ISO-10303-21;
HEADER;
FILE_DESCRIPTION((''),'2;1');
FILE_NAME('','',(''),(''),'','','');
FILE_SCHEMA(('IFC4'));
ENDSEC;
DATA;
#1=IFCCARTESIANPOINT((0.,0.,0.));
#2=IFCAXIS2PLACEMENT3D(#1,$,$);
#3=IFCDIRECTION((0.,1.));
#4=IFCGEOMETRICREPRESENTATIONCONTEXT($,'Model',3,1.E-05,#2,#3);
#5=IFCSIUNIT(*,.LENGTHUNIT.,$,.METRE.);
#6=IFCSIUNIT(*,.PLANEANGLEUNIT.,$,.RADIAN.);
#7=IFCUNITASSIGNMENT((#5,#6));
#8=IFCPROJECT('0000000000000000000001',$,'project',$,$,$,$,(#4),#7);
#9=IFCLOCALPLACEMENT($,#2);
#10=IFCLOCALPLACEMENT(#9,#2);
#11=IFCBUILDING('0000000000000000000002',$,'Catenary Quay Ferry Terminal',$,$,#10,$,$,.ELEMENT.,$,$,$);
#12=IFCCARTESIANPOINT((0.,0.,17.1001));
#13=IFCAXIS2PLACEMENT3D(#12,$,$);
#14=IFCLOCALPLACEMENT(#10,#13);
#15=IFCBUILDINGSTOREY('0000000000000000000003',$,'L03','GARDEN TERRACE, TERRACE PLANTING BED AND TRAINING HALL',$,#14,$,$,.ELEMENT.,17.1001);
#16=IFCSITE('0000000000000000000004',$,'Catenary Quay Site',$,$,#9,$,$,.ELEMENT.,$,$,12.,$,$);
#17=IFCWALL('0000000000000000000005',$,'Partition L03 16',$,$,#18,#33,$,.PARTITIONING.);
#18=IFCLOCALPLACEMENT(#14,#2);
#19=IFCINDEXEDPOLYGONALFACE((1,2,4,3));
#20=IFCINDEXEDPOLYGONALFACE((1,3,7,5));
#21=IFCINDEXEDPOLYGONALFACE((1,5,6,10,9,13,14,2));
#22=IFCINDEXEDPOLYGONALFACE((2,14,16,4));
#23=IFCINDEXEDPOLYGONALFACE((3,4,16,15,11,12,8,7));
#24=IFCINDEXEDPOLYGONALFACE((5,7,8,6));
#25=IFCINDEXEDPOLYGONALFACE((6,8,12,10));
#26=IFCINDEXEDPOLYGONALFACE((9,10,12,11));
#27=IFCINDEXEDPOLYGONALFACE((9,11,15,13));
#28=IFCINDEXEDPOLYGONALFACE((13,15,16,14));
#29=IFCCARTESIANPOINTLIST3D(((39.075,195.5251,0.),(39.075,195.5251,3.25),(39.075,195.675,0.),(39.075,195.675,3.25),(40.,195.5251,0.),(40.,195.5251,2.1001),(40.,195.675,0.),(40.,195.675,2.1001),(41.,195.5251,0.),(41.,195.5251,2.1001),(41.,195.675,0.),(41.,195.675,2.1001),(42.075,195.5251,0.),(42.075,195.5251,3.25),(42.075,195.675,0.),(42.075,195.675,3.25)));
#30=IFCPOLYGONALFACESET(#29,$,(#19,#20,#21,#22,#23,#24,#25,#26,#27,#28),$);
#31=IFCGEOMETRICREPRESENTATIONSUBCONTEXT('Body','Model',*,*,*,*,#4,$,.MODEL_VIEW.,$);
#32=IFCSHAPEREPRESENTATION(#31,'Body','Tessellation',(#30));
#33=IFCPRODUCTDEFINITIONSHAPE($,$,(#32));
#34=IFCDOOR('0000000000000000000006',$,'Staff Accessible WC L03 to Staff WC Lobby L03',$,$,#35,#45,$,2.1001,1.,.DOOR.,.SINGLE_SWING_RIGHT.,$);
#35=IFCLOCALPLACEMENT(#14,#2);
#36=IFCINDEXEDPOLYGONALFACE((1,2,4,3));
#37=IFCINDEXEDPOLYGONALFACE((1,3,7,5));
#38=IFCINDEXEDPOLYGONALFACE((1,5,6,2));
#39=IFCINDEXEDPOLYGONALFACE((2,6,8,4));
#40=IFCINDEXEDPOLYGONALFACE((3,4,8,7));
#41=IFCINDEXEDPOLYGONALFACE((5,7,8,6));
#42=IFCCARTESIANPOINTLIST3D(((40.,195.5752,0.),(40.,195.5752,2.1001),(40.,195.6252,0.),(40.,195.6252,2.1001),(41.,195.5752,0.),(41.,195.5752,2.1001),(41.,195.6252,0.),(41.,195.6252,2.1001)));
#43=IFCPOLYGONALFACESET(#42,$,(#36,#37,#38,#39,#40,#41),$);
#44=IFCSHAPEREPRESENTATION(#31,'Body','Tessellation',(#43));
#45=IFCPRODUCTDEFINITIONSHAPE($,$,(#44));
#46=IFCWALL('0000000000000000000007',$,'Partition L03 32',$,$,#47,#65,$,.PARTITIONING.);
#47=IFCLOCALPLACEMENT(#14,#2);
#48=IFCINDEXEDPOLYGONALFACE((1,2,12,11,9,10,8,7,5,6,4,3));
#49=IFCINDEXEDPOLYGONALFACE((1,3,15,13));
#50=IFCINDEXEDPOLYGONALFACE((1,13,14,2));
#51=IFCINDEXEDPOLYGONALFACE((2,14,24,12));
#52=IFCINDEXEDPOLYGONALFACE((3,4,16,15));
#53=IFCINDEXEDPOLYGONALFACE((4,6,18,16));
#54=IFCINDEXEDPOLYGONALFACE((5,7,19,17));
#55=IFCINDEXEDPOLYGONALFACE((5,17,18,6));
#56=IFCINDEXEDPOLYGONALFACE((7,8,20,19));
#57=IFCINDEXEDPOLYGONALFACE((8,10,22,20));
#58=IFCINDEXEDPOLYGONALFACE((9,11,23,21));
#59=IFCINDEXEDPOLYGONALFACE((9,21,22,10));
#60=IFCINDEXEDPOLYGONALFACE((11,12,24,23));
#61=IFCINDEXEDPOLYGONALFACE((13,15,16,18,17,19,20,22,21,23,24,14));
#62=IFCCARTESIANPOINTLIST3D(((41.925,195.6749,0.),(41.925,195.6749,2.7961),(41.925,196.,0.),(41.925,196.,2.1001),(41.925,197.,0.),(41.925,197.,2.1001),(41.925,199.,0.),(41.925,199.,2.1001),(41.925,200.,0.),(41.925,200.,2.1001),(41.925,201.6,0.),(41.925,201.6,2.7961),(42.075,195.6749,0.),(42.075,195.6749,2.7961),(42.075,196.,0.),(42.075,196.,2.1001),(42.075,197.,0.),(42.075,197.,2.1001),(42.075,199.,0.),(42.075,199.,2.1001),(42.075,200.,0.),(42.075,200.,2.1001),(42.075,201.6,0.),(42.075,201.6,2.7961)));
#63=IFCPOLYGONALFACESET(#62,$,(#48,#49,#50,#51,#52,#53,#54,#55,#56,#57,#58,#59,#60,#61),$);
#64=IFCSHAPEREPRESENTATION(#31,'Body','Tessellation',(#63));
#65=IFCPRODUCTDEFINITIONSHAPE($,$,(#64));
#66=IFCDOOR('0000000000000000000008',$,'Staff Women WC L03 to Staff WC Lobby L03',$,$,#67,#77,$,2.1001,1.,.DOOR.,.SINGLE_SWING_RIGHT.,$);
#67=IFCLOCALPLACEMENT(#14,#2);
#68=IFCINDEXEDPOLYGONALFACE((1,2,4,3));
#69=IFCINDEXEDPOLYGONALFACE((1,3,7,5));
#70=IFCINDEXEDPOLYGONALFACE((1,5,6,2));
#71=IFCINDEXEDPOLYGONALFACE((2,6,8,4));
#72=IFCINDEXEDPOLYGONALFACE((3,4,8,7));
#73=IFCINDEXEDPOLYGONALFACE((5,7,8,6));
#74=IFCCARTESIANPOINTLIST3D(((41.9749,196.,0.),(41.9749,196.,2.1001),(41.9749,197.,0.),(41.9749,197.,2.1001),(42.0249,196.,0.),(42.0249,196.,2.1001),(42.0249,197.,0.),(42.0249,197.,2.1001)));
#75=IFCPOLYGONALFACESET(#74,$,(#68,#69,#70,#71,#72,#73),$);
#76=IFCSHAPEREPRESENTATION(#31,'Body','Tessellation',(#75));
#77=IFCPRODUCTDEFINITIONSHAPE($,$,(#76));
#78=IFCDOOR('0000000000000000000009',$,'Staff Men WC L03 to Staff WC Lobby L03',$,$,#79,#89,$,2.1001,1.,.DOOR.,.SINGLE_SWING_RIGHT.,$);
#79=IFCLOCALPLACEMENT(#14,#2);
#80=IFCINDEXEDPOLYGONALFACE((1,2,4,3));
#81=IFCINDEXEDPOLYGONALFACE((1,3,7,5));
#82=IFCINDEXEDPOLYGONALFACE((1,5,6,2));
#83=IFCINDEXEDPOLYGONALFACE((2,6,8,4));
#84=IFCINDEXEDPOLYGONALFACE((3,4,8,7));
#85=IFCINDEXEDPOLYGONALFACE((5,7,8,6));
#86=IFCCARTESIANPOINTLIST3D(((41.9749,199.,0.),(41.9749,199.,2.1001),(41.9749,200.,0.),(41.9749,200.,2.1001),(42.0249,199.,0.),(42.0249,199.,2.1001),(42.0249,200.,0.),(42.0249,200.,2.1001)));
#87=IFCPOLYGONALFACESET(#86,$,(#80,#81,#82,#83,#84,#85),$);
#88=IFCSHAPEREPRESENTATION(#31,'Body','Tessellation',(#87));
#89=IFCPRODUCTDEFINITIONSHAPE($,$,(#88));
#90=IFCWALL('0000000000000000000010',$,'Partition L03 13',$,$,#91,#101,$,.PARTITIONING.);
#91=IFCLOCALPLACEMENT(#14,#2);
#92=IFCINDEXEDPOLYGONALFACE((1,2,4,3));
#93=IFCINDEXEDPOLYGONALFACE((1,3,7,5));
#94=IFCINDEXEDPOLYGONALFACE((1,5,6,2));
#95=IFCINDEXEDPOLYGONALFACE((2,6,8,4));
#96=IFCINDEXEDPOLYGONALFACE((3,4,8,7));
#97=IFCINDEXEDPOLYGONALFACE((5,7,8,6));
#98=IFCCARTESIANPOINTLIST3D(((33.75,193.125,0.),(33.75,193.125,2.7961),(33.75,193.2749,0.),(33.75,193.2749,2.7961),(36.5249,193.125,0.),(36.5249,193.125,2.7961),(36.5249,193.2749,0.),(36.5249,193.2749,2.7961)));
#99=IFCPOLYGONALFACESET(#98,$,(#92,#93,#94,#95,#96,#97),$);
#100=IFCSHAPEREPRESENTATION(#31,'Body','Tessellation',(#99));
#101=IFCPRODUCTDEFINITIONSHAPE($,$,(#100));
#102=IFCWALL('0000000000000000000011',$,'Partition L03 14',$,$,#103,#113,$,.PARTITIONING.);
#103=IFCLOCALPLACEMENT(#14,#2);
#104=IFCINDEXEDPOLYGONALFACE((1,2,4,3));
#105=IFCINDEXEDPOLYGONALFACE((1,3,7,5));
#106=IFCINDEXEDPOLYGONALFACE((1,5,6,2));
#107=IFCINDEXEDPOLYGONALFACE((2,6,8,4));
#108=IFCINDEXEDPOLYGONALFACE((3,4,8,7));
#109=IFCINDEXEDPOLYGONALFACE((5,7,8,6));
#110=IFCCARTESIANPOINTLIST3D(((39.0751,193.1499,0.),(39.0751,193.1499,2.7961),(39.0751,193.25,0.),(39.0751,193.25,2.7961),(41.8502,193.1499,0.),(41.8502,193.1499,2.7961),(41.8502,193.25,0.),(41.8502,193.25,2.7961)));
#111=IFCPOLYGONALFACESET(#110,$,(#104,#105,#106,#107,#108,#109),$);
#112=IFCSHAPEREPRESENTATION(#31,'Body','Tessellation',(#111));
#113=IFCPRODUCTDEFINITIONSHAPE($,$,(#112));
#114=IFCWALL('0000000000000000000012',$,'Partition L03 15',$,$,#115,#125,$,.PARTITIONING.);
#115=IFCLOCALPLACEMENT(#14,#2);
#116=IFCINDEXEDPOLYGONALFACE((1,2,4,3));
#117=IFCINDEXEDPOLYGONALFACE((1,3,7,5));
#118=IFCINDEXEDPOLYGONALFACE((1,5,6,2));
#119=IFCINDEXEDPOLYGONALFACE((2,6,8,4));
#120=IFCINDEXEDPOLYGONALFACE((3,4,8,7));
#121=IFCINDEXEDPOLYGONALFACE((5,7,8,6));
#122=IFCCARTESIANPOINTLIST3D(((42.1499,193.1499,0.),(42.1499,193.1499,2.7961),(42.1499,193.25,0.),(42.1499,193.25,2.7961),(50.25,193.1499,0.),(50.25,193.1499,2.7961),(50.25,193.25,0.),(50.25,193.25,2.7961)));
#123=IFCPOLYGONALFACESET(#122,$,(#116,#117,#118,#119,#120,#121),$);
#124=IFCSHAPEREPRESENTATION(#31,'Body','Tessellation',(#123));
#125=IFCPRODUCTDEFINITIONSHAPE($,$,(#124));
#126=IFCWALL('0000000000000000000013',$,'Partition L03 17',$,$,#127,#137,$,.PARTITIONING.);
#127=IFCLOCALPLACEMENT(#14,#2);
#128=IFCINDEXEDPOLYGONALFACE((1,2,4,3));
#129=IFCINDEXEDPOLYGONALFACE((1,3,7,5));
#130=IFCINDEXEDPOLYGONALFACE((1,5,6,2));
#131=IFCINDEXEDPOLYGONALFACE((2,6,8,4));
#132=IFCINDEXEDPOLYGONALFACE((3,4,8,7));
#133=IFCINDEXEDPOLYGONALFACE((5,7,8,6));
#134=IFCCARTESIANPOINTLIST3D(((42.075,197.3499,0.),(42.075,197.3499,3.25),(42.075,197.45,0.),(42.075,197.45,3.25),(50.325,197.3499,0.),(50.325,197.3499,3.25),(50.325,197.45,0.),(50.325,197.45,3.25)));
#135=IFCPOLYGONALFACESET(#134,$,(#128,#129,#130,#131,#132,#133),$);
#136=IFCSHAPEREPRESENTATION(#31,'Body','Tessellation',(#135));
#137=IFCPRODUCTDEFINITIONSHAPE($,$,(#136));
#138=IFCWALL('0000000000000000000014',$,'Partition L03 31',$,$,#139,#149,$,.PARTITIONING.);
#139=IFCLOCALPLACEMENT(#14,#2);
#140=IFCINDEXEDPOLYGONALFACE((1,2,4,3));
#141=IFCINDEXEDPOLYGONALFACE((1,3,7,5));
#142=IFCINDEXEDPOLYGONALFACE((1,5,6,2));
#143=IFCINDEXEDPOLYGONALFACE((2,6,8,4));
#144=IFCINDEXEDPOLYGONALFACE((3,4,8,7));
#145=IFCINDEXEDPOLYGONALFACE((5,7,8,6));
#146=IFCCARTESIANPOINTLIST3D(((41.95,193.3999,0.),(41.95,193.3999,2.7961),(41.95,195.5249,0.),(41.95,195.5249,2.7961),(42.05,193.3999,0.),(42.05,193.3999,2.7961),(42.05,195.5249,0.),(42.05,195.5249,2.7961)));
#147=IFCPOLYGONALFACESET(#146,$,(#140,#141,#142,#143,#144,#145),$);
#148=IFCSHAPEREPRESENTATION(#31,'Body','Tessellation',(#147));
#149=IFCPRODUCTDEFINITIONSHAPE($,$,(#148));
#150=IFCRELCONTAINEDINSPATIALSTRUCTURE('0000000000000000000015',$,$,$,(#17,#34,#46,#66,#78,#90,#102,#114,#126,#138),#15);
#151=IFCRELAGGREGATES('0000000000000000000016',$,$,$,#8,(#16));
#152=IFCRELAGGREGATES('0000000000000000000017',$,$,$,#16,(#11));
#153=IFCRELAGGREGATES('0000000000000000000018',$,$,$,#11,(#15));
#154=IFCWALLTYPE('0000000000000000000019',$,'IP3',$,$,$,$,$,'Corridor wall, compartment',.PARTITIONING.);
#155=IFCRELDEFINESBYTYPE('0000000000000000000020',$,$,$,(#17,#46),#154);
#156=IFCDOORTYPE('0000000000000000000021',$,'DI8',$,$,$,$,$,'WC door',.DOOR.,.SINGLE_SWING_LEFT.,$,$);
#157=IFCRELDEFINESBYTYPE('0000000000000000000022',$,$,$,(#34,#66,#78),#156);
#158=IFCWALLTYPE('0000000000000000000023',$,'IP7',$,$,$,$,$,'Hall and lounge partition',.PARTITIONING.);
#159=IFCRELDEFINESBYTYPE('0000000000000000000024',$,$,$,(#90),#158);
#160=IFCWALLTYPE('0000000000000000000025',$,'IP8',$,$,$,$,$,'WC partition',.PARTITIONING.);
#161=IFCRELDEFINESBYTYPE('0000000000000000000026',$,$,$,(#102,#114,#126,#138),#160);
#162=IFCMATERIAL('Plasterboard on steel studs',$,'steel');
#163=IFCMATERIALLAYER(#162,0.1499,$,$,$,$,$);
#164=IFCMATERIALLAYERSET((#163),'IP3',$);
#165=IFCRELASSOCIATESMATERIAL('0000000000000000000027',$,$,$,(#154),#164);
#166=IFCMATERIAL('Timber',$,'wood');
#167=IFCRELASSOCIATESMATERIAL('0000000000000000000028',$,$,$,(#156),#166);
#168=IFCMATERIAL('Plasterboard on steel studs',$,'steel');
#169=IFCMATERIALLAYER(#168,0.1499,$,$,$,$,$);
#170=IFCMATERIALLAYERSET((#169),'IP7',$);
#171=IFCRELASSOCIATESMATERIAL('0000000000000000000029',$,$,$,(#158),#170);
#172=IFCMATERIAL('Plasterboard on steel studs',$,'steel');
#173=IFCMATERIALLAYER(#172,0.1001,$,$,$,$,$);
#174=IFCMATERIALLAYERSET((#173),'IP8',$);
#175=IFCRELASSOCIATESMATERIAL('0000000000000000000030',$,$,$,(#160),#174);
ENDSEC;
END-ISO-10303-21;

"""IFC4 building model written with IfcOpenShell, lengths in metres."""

from ifc_helpers import new_model, si_unit, direction, frame, frame_2d, origin, place, context, subcontext, project, spatial, rectangle, extrude, material, layer, layer_set, type_object, element, fill, save


model = new_model("IFC4")

# Units and contexts
model_context = context("Model", 3, precision=1e-05, world=origin(), true_north=direction((0.0, 1.0)))
body_context = subcontext(model_context, "Body", "Model", "MODEL_VIEW")
ifc_project = project(units=[si_unit("LENGTHUNIT", "METRE"), si_unit("PLANEANGLEUNIT", "RADIAN")], contexts=[model_context])

# Site, building, storey
site_placement = place(None, origin())
site = spatial("IfcSite", under=ifc_project, at=site_placement, Name="Catenary Quay Site", CompositionType="ELEMENT", RefElevation=12.0)
building_placement = place(site_placement, origin())
building = spatial("IfcBuilding", under=site, at=building_placement, Name="Catenary Quay Ferry Terminal", CompositionType="ELEMENT")
storey_placement = place(building_placement, frame((0.0, 0.0, 17.1001)))
storey = spatial("IfcBuildingStorey", under=building, at=storey_placement, Name="L03", Description="GARDEN TERRACE, TERRACE PLANTING BED AND TRAINING HALL", CompositionType="ELEMENT", Elevation=17.1001)

# Wall, opening, door
ifc_material_1 = material(Name="Plasterboard on steel studs", Category="steel")
ifc_layer_1 = layer(ifc_material_1, 0.1499)
ifc_layer_set_1 = layer_set([ifc_layer_1], Name="IP3")
wall_type_1 = type_object("IfcWallType", Name="IP3", ElementType="Corridor wall, compartment", PredefinedType="PARTITIONING", material=ifc_layer_set_1)
wall_1_placement = place(storey_placement, frame((39.075, 195.6001, 0.0), z_axis=(0.0, 0.0, 1.0), x_axis=(1.0, 0.0, 0.0)))
wall_1 = element("IfcWall", 1, at=wall_1_placement, inside=storey, type_object=wall_type_1, Name="Partition L03 16", PredefinedType="PARTITIONING", context=body_context, shape_type="SweptSolid", body=[
    extrude(rectangle(XDim=3.0, YDim=0.1499, at=frame_2d((1.5, 0.0))), origin(), (0.0, 0.0, 1.0), 3.25),
])
opening_1_placement = place(wall_1_placement, frame((0.925, 0.0, 0.0)))
opening_1 = element("IfcOpeningElement", 2, at=opening_1_placement, cuts=wall_1, PredefinedType="OPENING", context=body_context, shape_type="SweptSolid", body=[
    extrude(rectangle(XDim=1.0, YDim=2.1001, at=frame_2d((0.5, 1.05))), frame((0.0, 0.085, 0.0), z_axis=(0.0, -1.0, 0.0), x_axis=(1.0, 0.0, 0.0)), (0.0, 0.0, 1.0), 0.1699),
])
ifc_material_2 = material(Name="Timber", Category="wood")
door_type = type_object("IfcDoorType", Name="DI8", ElementType="WC door", OperationType="SINGLE_SWING_LEFT", PredefinedType="DOOR", material=ifc_material_2)
door_1_placement = place(opening_1_placement, frame((1.0, 0.0, 0.0), z_axis=(0.0, 0.0, 1.0), x_axis=(-1.0, 0.0, 0.0)))
door_1 = element("IfcDoor", 3, at=door_1_placement, inside=storey, type_object=door_type, Name="Staff Accessible WC L03 to Staff WC Lobby L03", OperationType="SINGLE_SWING_RIGHT", OverallHeight=2.1001, OverallWidth=1.0, PredefinedType="DOOR", context=body_context, shape_type="SweptSolid", body=[
    extrude(rectangle(XDim=1.0, YDim=2.1001, at=frame_2d((0.5, 1.05))), frame((0.0, 0.0249, 0.0), z_axis=(0.0, -1.0, 0.0), x_axis=(1.0, 0.0, 0.0)), (0.0, 0.0, 1.0), 0.05),
])
fill(opening_1, door_1)

# Wall, openings, doors
wall_2_placement = place(storey_placement, frame((42.0, 195.675, 0.0), z_axis=(0.0, 0.0, 1.0), x_axis=(0.0, 1.0, 0.0)))
wall_2 = element("IfcWall", 4, at=wall_2_placement, inside=storey, type_object=wall_type_1, Name="Partition L03 32", PredefinedType="PARTITIONING", context=body_context, shape_type="SweptSolid", body=[
    extrude(rectangle(XDim=5.925, YDim=0.1499, at=frame_2d((2.9624, 0.0))), origin(), (0.0, 0.0, 1.0), 2.7961),
])
opening_2_placement = place(wall_2_placement, frame((0.325, 0.0, 0.0)))
opening_2 = element("IfcOpeningElement", 5, at=opening_2_placement, cuts=wall_2, PredefinedType="OPENING", context=body_context, shape_type="SweptSolid", body=[
    extrude(rectangle(XDim=1.0, YDim=2.1001, at=frame_2d((0.5, 1.05))), frame((0.0, 0.085, 0.0), z_axis=(0.0, -1.0, 0.0), x_axis=(1.0, 0.0, 0.0)), (0.0, 0.0, 1.0), 0.1699),
])
opening_3_placement = place(wall_2_placement, frame((3.325, 0.0, 0.0)))
opening_3 = element("IfcOpeningElement", 6, at=opening_3_placement, cuts=wall_2, PredefinedType="OPENING", context=body_context, shape_type="SweptSolid", body=[
    extrude(rectangle(XDim=1.0, YDim=2.1001, at=frame_2d((0.5, 1.05))), frame((0.0, 0.085, 0.0), z_axis=(0.0, -1.0, 0.0), x_axis=(1.0, 0.0, 0.0)), (0.0, 0.0, 1.0), 0.1699),
])
door_2_placement = place(opening_2_placement, frame((1.0, 0.0, 0.0), z_axis=(0.0, 0.0, 1.0), x_axis=(-1.0, 0.0, 0.0)))
door_2 = element("IfcDoor", 7, at=door_2_placement, inside=storey, type_object=door_type, Name="Staff Women WC L03 to Staff WC Lobby L03", OperationType="SINGLE_SWING_RIGHT", OverallHeight=2.1001, OverallWidth=1.0, PredefinedType="DOOR", context=body_context, shape_type="SweptSolid", body=[
    extrude(rectangle(XDim=1.0, YDim=2.1001, at=frame_2d((0.5, 1.05))), frame((0.0, 0.0249, 0.0), z_axis=(0.0, -1.0, 0.0), x_axis=(1.0, 0.0, 0.0)), (0.0, 0.0, 1.0), 0.05),
])
fill(opening_2, door_2)
door_3_placement = place(opening_3_placement, frame((1.0, 0.0, 0.0), z_axis=(0.0, 0.0, 1.0), x_axis=(-1.0, 0.0, 0.0)))
door_3 = element("IfcDoor", 8, at=door_3_placement, inside=storey, type_object=door_type, Name="Staff Men WC L03 to Staff WC Lobby L03", OperationType="SINGLE_SWING_RIGHT", OverallHeight=2.1001, OverallWidth=1.0, PredefinedType="DOOR", context=body_context, shape_type="SweptSolid", body=[
    extrude(rectangle(XDim=1.0, YDim=2.1001, at=frame_2d((0.5, 1.05))), frame((0.0, 0.0249, 0.0), z_axis=(0.0, -1.0, 0.0), x_axis=(1.0, 0.0, 0.0)), (0.0, 0.0, 1.0), 0.05),
])
fill(opening_3, door_3)

# Walls
ifc_material_3 = material(Name="Plasterboard on steel studs", Category="steel")
ifc_layer_2 = layer(ifc_material_3, 0.1499)
ifc_layer_set_2 = layer_set([ifc_layer_2], Name="IP7")
wall_type_2 = type_object("IfcWallType", Name="IP7", ElementType="Hall and lounge partition", PredefinedType="PARTITIONING", material=ifc_layer_set_2)
wall_3_placement = place(storey_placement, frame((33.75, 193.2, 0.0), z_axis=(0.0, 0.0, 1.0), x_axis=(1.0, 0.0, 0.0)))
element("IfcWall", 9, at=wall_3_placement, inside=storey, type_object=wall_type_2, Name="Partition L03 13", PredefinedType="PARTITIONING", context=body_context, shape_type="SweptSolid", body=[
    extrude(rectangle(XDim=2.7749, YDim=0.1499, at=frame_2d((1.3875, 0.0))), origin(), (0.0, 0.0, 1.0), 2.7961),
])
ifc_material_4 = material(Name="Plasterboard on steel studs", Category="steel")
ifc_layer_3 = layer(ifc_material_4, 0.1001)
ifc_layer_set_3 = layer_set([ifc_layer_3], Name="IP8")
wall_type_3 = type_object("IfcWallType", Name="IP8", ElementType="WC partition", PredefinedType="PARTITIONING", material=ifc_layer_set_3)
wall_4_placement = place(storey_placement, frame((39.075, 193.2, 0.0), z_axis=(0.0, 0.0, 1.0), x_axis=(1.0, 0.0, 0.0)))
element("IfcWall", 10, at=wall_4_placement, inside=storey, type_object=wall_type_3, Name="Partition L03 14", PredefinedType="PARTITIONING", context=body_context, shape_type="SweptSolid", body=[
    extrude(rectangle(XDim=2.7751, YDim=0.1001, at=frame_2d((1.3877, 0.0))), origin(), (0.0, 0.0, 1.0), 2.7961),
])
wall_5_placement = place(storey_placement, frame((42.1499, 193.2, 0.0), z_axis=(0.0, 0.0, 1.0), x_axis=(1.0, 0.0, 0.0)))
element("IfcWall", 11, at=wall_5_placement, inside=storey, type_object=wall_type_3, Name="Partition L03 15", PredefinedType="PARTITIONING", context=body_context, shape_type="SweptSolid", body=[
    extrude(rectangle(XDim=8.1001, YDim=0.1001, at=frame_2d((4.05, 0.0))), origin(), (0.0, 0.0, 1.0), 2.7961),
])
wall_6_placement = place(storey_placement, frame((42.075, 197.3999, 0.0), z_axis=(0.0, 0.0, 1.0), x_axis=(1.0, 0.0, 0.0)))
element("IfcWall", 12, at=wall_6_placement, inside=storey, type_object=wall_type_3, Name="Partition L03 17", PredefinedType="PARTITIONING", context=body_context, shape_type="SweptSolid", body=[
    extrude(rectangle(XDim=8.25, YDim=0.1001, at=frame_2d((4.125, 0.0))), origin(), (0.0, 0.0, 1.0), 3.25),
])
wall_7_placement = place(storey_placement, frame((42.0, 193.3999, 0.0), z_axis=(0.0, 0.0, 1.0), x_axis=(0.0, 1.0, 0.0)))
element("IfcWall", 13, at=wall_7_placement, inside=storey, type_object=wall_type_3, Name="Partition L03 31", PredefinedType="PARTITIONING", context=body_context, shape_type="SweptSolid", body=[
    extrude(rectangle(XDim=2.125, YDim=0.1001, at=frame_2d((1.0625, 0.0))), origin(), (0.0, 0.0, 1.0), 2.7961),
])

save(model, "model.ifc")
